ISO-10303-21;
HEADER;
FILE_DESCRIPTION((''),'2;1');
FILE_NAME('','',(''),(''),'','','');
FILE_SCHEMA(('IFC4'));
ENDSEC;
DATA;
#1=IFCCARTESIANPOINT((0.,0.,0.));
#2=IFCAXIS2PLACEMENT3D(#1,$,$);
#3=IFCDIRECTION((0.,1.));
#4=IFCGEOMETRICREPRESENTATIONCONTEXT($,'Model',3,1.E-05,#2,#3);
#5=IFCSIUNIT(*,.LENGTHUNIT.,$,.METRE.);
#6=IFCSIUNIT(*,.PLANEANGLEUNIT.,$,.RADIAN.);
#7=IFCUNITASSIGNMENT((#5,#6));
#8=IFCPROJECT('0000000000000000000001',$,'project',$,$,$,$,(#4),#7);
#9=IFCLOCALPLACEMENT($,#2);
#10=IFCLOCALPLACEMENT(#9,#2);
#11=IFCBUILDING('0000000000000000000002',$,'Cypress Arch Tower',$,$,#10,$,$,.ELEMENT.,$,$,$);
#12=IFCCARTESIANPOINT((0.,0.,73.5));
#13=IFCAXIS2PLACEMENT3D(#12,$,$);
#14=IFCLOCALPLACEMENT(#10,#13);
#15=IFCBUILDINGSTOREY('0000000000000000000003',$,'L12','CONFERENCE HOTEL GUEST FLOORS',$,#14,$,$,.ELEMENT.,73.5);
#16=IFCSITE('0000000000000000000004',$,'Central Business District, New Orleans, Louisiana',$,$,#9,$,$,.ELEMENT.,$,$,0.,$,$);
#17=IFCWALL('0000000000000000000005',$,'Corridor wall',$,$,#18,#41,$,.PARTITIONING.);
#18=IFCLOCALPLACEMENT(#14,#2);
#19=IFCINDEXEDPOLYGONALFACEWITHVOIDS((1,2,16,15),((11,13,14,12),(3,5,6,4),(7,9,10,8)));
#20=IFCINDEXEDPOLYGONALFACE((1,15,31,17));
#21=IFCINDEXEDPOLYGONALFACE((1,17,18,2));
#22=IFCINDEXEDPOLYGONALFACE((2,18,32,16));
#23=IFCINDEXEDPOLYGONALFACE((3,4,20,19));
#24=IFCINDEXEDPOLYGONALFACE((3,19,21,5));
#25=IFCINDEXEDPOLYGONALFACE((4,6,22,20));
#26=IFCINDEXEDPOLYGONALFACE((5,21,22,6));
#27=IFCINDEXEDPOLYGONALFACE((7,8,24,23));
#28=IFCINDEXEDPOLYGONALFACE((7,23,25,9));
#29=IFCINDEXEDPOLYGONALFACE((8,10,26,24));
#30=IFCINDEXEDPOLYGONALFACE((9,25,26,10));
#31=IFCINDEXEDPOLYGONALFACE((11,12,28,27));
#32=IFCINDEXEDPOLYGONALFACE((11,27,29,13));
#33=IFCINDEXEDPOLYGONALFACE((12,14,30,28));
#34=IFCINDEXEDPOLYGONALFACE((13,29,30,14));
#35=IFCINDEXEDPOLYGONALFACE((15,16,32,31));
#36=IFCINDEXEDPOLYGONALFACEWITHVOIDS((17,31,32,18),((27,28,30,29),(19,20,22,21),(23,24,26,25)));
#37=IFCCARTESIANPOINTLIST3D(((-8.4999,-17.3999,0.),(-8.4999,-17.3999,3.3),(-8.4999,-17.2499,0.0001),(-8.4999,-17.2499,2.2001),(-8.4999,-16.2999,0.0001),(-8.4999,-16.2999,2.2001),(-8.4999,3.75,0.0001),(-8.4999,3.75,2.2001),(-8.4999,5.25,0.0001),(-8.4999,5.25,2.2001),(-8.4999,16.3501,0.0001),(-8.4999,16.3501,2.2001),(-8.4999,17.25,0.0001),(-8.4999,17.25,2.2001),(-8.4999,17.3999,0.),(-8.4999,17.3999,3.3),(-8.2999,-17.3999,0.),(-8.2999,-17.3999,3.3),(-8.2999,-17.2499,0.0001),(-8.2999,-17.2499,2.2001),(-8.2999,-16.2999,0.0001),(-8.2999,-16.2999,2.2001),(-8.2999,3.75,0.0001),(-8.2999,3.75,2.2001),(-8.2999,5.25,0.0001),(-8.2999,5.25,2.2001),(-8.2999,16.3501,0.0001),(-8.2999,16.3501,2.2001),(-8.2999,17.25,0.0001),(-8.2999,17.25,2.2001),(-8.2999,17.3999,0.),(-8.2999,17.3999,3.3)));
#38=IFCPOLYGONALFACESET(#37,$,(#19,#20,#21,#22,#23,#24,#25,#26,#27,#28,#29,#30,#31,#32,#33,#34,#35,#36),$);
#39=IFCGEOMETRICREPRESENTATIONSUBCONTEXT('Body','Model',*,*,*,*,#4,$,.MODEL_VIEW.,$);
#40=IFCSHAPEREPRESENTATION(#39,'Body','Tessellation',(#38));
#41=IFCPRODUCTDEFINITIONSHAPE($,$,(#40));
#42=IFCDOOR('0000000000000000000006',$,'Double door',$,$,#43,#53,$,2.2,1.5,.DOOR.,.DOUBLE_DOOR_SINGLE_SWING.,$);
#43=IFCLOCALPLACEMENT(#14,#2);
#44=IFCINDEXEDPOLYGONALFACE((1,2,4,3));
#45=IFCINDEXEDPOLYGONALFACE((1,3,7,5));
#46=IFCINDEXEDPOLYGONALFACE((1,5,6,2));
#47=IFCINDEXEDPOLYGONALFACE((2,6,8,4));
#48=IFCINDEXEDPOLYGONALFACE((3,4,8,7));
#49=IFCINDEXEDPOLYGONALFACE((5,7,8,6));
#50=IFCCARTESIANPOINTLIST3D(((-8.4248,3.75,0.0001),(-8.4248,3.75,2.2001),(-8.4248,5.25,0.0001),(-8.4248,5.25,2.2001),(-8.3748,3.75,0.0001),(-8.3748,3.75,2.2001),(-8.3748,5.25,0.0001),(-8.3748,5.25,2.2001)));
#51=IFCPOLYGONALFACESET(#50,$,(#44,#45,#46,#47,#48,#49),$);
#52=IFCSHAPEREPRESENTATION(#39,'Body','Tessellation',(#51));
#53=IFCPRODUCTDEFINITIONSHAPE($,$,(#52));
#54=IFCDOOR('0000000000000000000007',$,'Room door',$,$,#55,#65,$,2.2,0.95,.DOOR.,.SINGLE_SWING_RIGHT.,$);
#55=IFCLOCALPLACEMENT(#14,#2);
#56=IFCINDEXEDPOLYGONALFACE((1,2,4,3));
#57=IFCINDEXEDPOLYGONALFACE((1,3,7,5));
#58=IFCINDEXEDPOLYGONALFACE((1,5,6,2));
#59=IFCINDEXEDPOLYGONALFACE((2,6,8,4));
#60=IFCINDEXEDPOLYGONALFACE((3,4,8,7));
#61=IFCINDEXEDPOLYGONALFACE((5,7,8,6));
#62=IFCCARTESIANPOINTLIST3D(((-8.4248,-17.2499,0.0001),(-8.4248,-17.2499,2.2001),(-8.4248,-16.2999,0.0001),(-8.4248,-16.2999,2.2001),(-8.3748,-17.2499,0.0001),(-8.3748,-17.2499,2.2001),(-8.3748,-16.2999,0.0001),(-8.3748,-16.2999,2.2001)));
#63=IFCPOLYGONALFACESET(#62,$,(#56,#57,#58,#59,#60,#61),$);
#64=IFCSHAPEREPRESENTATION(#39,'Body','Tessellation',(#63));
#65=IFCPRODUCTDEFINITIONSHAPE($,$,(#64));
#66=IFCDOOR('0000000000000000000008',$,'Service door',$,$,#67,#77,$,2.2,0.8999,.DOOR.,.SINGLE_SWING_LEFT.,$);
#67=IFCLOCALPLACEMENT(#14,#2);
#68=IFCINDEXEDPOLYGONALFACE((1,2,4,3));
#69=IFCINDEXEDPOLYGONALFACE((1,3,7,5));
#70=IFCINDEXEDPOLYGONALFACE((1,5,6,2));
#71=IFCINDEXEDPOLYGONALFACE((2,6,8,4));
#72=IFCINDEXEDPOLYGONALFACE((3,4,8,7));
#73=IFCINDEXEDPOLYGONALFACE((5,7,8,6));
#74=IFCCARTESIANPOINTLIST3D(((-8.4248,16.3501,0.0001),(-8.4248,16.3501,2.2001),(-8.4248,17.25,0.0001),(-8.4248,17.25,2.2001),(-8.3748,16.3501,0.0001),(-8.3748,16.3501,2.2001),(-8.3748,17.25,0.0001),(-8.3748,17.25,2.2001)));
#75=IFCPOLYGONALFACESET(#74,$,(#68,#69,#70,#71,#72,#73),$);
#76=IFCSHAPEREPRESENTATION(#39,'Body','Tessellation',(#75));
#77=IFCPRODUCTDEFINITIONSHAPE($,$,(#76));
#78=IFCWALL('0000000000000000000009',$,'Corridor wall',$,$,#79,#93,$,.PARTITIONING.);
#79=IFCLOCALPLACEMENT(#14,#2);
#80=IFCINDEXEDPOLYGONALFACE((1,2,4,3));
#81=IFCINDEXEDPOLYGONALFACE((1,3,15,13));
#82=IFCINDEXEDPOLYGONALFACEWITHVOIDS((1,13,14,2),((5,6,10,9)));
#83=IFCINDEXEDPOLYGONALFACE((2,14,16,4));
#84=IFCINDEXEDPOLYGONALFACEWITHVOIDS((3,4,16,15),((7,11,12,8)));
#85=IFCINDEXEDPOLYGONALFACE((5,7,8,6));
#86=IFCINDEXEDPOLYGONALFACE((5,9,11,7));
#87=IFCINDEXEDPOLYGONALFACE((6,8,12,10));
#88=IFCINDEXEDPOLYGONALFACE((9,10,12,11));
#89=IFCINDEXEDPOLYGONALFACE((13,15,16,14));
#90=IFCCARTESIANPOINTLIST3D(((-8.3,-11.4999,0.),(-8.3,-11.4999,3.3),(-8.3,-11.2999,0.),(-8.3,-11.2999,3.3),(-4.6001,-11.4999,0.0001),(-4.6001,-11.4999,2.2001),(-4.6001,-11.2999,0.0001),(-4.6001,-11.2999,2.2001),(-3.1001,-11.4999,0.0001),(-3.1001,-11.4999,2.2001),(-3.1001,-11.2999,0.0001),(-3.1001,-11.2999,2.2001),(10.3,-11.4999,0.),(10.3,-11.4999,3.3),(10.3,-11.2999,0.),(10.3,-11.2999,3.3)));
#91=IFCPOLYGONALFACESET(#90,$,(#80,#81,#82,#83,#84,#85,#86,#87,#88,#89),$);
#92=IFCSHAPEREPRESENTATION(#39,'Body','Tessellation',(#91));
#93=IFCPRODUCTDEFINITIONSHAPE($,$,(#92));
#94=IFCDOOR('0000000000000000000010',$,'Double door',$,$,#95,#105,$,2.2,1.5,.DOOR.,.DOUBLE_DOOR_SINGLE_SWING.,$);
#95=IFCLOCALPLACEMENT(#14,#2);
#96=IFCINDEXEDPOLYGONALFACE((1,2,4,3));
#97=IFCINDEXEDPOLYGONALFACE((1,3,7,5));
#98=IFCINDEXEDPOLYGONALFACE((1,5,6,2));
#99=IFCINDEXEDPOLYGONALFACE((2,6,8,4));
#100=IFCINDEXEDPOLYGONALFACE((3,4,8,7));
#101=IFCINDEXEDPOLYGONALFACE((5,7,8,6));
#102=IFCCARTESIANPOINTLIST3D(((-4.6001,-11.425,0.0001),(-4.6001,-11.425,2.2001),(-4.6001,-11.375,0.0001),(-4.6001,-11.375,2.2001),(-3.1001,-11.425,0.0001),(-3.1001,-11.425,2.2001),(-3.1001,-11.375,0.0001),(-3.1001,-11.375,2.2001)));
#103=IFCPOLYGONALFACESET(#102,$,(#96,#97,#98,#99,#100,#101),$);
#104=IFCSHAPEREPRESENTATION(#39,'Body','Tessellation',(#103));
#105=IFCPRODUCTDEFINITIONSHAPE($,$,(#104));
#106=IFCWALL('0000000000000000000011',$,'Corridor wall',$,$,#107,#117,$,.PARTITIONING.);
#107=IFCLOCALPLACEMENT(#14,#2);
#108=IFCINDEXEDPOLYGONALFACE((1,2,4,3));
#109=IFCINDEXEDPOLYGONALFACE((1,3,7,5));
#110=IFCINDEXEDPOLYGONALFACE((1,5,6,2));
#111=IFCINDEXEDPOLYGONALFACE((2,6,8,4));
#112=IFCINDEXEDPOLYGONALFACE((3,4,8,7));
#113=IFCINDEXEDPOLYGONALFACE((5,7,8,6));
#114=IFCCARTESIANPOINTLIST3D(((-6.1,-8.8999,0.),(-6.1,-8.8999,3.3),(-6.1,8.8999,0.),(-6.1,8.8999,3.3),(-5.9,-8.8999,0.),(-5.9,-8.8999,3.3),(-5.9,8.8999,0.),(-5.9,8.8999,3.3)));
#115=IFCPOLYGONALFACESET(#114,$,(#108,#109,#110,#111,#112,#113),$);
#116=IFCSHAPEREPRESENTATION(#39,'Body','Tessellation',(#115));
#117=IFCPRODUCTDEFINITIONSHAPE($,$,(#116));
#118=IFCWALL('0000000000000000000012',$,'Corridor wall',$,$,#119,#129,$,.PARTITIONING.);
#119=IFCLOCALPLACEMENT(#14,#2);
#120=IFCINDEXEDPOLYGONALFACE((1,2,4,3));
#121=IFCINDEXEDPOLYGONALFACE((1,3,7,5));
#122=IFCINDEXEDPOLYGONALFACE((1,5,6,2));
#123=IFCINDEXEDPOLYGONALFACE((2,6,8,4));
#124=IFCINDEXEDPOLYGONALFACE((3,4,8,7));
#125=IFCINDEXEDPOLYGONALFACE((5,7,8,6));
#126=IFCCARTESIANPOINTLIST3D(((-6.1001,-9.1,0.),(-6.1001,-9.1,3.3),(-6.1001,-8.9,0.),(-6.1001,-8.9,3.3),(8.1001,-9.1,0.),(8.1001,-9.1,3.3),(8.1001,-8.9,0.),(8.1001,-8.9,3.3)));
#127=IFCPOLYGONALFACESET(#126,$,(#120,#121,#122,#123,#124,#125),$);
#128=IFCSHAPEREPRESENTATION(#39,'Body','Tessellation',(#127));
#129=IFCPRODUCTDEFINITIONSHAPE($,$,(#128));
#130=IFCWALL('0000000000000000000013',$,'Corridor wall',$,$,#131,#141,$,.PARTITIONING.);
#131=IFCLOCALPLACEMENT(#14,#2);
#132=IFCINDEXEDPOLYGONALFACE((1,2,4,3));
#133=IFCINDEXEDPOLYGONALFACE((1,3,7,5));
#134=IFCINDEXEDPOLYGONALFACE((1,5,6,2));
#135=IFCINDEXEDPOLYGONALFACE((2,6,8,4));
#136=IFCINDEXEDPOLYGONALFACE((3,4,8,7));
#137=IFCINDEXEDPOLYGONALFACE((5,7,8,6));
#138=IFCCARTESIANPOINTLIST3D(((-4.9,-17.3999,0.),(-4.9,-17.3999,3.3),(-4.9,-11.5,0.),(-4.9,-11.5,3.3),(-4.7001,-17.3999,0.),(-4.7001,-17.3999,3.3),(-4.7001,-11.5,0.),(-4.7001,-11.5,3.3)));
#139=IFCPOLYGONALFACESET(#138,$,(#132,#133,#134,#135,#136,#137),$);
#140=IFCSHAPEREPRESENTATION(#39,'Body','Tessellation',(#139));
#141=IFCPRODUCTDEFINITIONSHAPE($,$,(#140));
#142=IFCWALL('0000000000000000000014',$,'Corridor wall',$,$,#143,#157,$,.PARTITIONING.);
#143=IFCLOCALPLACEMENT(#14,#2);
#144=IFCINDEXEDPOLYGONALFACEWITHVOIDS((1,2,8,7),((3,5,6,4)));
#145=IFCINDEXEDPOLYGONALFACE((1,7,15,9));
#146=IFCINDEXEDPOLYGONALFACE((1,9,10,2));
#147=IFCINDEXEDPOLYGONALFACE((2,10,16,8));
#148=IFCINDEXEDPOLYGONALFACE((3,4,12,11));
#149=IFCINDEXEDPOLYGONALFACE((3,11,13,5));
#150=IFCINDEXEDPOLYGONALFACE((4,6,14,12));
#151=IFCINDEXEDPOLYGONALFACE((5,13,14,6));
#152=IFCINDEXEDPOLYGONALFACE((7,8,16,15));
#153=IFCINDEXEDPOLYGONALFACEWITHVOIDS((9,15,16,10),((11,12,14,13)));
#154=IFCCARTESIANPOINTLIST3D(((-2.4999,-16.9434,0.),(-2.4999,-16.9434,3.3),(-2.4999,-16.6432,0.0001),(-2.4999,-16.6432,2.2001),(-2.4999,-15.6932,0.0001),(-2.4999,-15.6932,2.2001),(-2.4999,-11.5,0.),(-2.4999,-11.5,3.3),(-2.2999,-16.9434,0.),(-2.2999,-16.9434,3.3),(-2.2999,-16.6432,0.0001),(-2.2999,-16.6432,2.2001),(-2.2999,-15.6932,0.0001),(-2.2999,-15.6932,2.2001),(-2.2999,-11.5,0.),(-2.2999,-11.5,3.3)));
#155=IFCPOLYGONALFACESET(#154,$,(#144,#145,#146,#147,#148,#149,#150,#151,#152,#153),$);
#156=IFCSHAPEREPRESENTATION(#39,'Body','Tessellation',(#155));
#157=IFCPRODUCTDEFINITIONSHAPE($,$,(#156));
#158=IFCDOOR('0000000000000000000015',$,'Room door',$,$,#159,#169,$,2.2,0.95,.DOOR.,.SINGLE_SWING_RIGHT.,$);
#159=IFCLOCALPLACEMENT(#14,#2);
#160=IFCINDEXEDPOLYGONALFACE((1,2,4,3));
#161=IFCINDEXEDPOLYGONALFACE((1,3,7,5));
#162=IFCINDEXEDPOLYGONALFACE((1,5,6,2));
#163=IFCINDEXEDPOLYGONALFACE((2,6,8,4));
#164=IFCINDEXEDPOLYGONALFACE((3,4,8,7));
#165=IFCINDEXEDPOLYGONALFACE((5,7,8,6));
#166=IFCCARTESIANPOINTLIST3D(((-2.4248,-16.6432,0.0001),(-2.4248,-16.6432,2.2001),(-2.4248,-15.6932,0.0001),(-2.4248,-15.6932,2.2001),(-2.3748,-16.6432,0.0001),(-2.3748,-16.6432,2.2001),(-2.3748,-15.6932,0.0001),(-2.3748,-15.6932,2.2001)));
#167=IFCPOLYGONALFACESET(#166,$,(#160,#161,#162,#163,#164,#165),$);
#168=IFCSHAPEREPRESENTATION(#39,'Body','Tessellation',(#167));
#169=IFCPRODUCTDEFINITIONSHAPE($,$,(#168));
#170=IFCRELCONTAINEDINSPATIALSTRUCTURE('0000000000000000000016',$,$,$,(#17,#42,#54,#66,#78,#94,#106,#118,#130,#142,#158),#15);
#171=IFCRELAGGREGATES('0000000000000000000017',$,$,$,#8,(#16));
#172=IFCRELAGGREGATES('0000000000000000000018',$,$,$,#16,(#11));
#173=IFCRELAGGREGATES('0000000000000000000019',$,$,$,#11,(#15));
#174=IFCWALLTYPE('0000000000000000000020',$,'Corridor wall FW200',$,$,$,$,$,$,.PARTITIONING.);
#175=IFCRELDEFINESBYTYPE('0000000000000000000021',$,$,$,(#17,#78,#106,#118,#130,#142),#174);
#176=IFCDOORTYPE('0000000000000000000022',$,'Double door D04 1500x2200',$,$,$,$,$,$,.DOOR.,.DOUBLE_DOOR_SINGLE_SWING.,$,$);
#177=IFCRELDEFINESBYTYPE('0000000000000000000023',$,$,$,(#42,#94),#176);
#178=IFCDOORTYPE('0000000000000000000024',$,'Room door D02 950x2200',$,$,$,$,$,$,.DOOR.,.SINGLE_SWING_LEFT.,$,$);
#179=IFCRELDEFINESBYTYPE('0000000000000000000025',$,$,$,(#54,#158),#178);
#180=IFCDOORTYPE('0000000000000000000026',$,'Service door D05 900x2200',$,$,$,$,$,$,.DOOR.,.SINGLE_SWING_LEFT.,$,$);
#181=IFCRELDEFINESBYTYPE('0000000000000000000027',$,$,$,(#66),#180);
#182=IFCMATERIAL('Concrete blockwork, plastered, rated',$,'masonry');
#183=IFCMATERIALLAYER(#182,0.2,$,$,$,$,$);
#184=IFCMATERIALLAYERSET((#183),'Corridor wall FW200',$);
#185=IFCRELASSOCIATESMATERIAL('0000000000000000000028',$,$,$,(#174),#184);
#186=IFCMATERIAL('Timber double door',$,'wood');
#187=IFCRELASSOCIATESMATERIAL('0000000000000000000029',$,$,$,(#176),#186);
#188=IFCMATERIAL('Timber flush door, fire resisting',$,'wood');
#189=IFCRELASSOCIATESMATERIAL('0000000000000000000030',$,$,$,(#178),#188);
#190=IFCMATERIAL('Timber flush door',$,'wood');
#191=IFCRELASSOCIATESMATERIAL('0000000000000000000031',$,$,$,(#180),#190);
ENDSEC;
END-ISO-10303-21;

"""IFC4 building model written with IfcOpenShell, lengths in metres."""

from ifc_helpers import new_model, si_unit, direction, frame, frame_2d, origin, place, context, subcontext, project, spatial, rectangle, extrude, material, layer, layer_set, type_object, element, fill, save


model = new_model("IFC4")

# Units and contexts
model_context = context("Model", 3, precision=1e-05, world=origin(), true_north=direction((0.0, 1.0)))
body_context = subcontext(model_context, "Body", "Model", "MODEL_VIEW")
ifc_project = project(units=[si_unit("LENGTHUNIT", "METRE"), si_unit("PLANEANGLEUNIT", "RADIAN")], contexts=[model_context])

# Site, building, storey
site_placement = place(None, origin())
site = spatial("IfcSite", under=ifc_project, at=site_placement, Name="Central Business District, New Orleans, Louisiana", CompositionType="ELEMENT", RefElevation=0.0)
building_placement = place(site_placement, origin())
building = spatial("IfcBuilding", under=site, at=building_placement, Name="Cypress Arch Tower", CompositionType="ELEMENT")
storey_placement = place(building_placement, frame((0.0, 0.0, 73.5)))
storey = spatial("IfcBuildingStorey", under=building, at=storey_placement, Name="L12", Description="CONFERENCE HOTEL GUEST FLOORS", CompositionType="ELEMENT", Elevation=73.5)

# Wall, openings, doors
ifc_material_1 = material(Name="Concrete blockwork, plastered, rated", Category="masonry")
ifc_layer = layer(ifc_material_1, 0.2)
ifc_layer_set = layer_set([ifc_layer], Name="Corridor wall FW200")
wall_type = type_object("IfcWallType", Name="Corridor wall FW200", PredefinedType="PARTITIONING", material=ifc_layer_set)
wall_1_placement = place(storey_placement, frame((-8.3999, -17.3999, 0.0), z_axis=(0.0, 0.0, 1.0), x_axis=(0.0, 1.0, 0.0)))
wall_1 = element("IfcWall", 1, at=wall_1_placement, inside=storey, type_object=wall_type, Name="Corridor wall", PredefinedType="PARTITIONING", context=body_context, shape_type="SweptSolid", body=[
    extrude(rectangle(XDim=34.7998, YDim=0.2, at=frame_2d((17.3999, 0.0))), origin(), (0.0, 0.0, 1.0), 3.3),
])
opening_1_placement = place(wall_1_placement, frame((21.1499, 0.0, 0.0)))
opening_1 = element("IfcOpeningElement", 2, at=opening_1_placement, cuts=wall_1, PredefinedType="OPENING", context=body_context, shape_type="SweptSolid", body=[
    extrude(rectangle(XDim=1.5, YDim=2.2, at=frame_2d((0.75, 1.1001))), frame((0.0, 0.1099, 0.0), z_axis=(0.0, -1.0, 0.0), x_axis=(1.0, 0.0, 0.0)), (0.0, 0.0, 1.0), 0.22),
])
opening_2_placement = place(wall_1_placement, frame((33.75, 0.0, 0.0)))
opening_2 = element("IfcOpeningElement", 3, at=opening_2_placement, cuts=wall_1, PredefinedType="OPENING", context=body_context, shape_type="SweptSolid", body=[
    extrude(rectangle(XDim=0.8999, YDim=2.2, at=frame_2d((0.45, 1.1001))), frame((0.0, 0.1099, 0.0), z_axis=(0.0, -1.0, 0.0), x_axis=(1.0, 0.0, 0.0)), (0.0, 0.0, 1.0), 0.22),
])
opening_3_placement = place(wall_1_placement, frame((0.1499, 0.0, 0.0)))
opening_3 = element("IfcOpeningElement", 4, at=opening_3_placement, cuts=wall_1, PredefinedType="OPENING", context=body_context, shape_type="SweptSolid", body=[
    extrude(rectangle(XDim=0.95, YDim=2.2, at=frame_2d((0.4751, 1.1001))), frame((0.0, 0.1099, 0.0), z_axis=(0.0, -1.0, 0.0), x_axis=(1.0, 0.0, 0.0)), (0.0, 0.0, 1.0), 0.22),
])
ifc_material_2 = material(Name="Timber double door", Category="wood")
door_type_1 = type_object("IfcDoorType", Name="Double door D04 1500x2200", OperationType="DOUBLE_DOOR_SINGLE_SWING", PredefinedType="DOOR", material=ifc_material_2)
door_1_placement = place(opening_1_placement, origin())
door_1 = element("IfcDoor", 5, at=door_1_placement, inside=storey, type_object=door_type_1, Name="Double door", OperationType="DOUBLE_DOOR_SINGLE_SWING", OverallHeight=2.2, OverallWidth=1.5, PredefinedType="DOOR", context=body_context, shape_type="SweptSolid", body=[
    extrude(rectangle(XDim=1.5, YDim=2.2, at=frame_2d((0.75, 1.1001))), frame((0.0, 0.0249, 0.0), z_axis=(0.0, -1.0, 0.0), x_axis=(1.0, 0.0, 0.0)), (0.0, 0.0, 1.0), 0.05),
])
fill(opening_1, door_1)
ifc_material_3 = material(Name="Timber flush door, fire resisting", Category="wood")
door_type_2 = type_object("IfcDoorType", Name="Room door D02 950x2200", OperationType="SINGLE_SWING_LEFT", PredefinedType="DOOR", material=ifc_material_3)
door_2_placement = place(opening_3_placement, origin())
door_2 = element("IfcDoor", 6, at=door_2_placement, inside=storey, type_object=door_type_2, Name="Room door", OperationType="SINGLE_SWING_RIGHT", OverallHeight=2.2, OverallWidth=0.95, PredefinedType="DOOR", context=body_context, shape_type="SweptSolid", body=[
    extrude(rectangle(XDim=0.95, YDim=2.2, at=frame_2d((0.4751, 1.1001))), frame((0.0, 0.0249, 0.0), z_axis=(0.0, -1.0, 0.0), x_axis=(1.0, 0.0, 0.0)), (0.0, 0.0, 1.0), 0.05),
])
fill(opening_3, door_2)
ifc_material_4 = material(Name="Timber flush door", Category="wood")
door_type_3 = type_object("IfcDoorType", Name="Service door D05 900x2200", OperationType="SINGLE_SWING_LEFT", PredefinedType="DOOR", material=ifc_material_4)
door_3_placement = place(opening_2_placement, origin())
door_3 = element("IfcDoor", 7, at=door_3_placement, inside=storey, type_object=door_type_3, Name="Service door", OperationType="SINGLE_SWING_LEFT", OverallHeight=2.2, OverallWidth=0.8999, PredefinedType="DOOR", context=body_context, shape_type="SweptSolid", body=[
    extrude(rectangle(XDim=0.8999, YDim=2.2, at=frame_2d((0.45, 1.1001))), frame((0.0, 0.0249, 0.0), z_axis=(0.0, -1.0, 0.0), x_axis=(1.0, 0.0, 0.0)), (0.0, 0.0, 1.0), 0.05),
])
fill(opening_2, door_3)

# Wall, opening, door
wall_2_placement = place(storey_placement, frame((-8.3, -11.3999, 0.0), z_axis=(0.0, 0.0, 1.0), x_axis=(1.0, 0.0, 0.0)))
wall_2 = element("IfcWall", 8, at=wall_2_placement, inside=storey, type_object=wall_type, Name="Corridor wall", PredefinedType="PARTITIONING", context=body_context, shape_type="SweptSolid", body=[
    extrude(rectangle(XDim=18.6001, YDim=0.2, at=frame_2d((9.3, 0.0))), origin(), (0.0, 0.0, 1.0), 3.3),
])
opening_4_placement = place(wall_2_placement, frame((3.7, 0.0, 0.0)))
opening_4 = element("IfcOpeningElement", 9, at=opening_4_placement, cuts=wall_2, PredefinedType="OPENING", context=body_context, shape_type="SweptSolid", body=[
    extrude(rectangle(XDim=1.5, YDim=2.2, at=frame_2d((0.75, 1.1001))), frame((0.0, 0.1099, 0.0), z_axis=(0.0, -1.0, 0.0), x_axis=(1.0, 0.0, 0.0)), (0.0, 0.0, 1.0), 0.22),
])
door_4_placement = place(opening_4_placement, origin())
door_4 = element("IfcDoor", 10, at=door_4_placement, inside=storey, type_object=door_type_1, Name="Double door", OperationType="DOUBLE_DOOR_SINGLE_SWING", OverallHeight=2.2, OverallWidth=1.5, PredefinedType="DOOR", context=body_context, shape_type="SweptSolid", body=[
    extrude(rectangle(XDim=1.5, YDim=2.2, at=frame_2d((0.75, 1.1001))), frame((0.0, 0.0249, 0.0), z_axis=(0.0, -1.0, 0.0), x_axis=(1.0, 0.0, 0.0)), (0.0, 0.0, 1.0), 0.05),
])
fill(opening_4, door_4)

# Walls
wall_3_placement = place(storey_placement, frame((-6.0, -8.8999, 0.0), z_axis=(0.0, 0.0, 1.0), x_axis=(0.0, 1.0, 0.0)))
element("IfcWall", 11, at=wall_3_placement, inside=storey, type_object=wall_type, Name="Corridor wall", PredefinedType="PARTITIONING", context=body_context, shape_type="SweptSolid", body=[
    extrude(rectangle(XDim=17.7998, YDim=0.2, at=frame_2d((8.8999, 0.0))), origin(), (0.0, 0.0, 1.0), 3.3),
])
wall_4_placement = place(storey_placement, frame((-6.1001, -9.0, 0.0), z_axis=(0.0, 0.0, 1.0), x_axis=(1.0, 0.0, 0.0)))
element("IfcWall", 12, at=wall_4_placement, inside=storey, type_object=wall_type, Name="Corridor wall", PredefinedType="PARTITIONING", context=body_context, shape_type="SweptSolid", body=[
    extrude(rectangle(XDim=14.2002, YDim=0.2, at=frame_2d((7.1001, 0.0))), origin(), (0.0, 0.0, 1.0), 3.3),
])
wall_5_placement = place(storey_placement, frame((-4.8, -17.3999, 0.0), z_axis=(0.0, 0.0, 1.0), x_axis=(0.0, 1.0, 0.0)))
element("IfcWall", 13, at=wall_5_placement, inside=storey, type_object=wall_type, Name="Corridor wall", PredefinedType="PARTITIONING", context=body_context, shape_type="SweptSolid", body=[
    extrude(rectangle(XDim=5.8999, YDim=0.2, at=frame_2d((2.95, 0.0))), origin(), (0.0, 0.0, 1.0), 3.3),
])

# Wall, opening, door
wall_6_placement = place(storey_placement, frame((-2.3999, -16.9434, 0.0), z_axis=(0.0, 0.0, 1.0), x_axis=(0.0, 1.0, 0.0)))
wall_6 = element("IfcWall", 14, at=wall_6_placement, inside=storey, type_object=wall_type, Name="Corridor wall", PredefinedType="PARTITIONING", context=body_context, shape_type="SweptSolid", body=[
    extrude(rectangle(XDim=5.4434, YDim=0.2, at=frame_2d((2.7217, 0.0))), origin(), (0.0, 0.0, 1.0), 3.3),
])
opening_5_placement = place(wall_6_placement, frame((0.3, 0.0, 0.0)))
opening_5 = element("IfcOpeningElement", 15, at=opening_5_placement, cuts=wall_6, PredefinedType="OPENING", context=body_context, shape_type="SweptSolid", body=[
    extrude(rectangle(XDim=0.95, YDim=2.2, at=frame_2d((0.4751, 1.1001))), frame((0.0, 0.1099, 0.0), z_axis=(0.0, -1.0, 0.0), x_axis=(1.0, 0.0, 0.0)), (0.0, 0.0, 1.0), 0.22),
])
door_5_placement = place(opening_5_placement, origin())
door_5 = element("IfcDoor", 16, at=door_5_placement, inside=storey, type_object=door_type_2, Name="Room door", OperationType="SINGLE_SWING_RIGHT", OverallHeight=2.2, OverallWidth=0.95, PredefinedType="DOOR", context=body_context, shape_type="SweptSolid", body=[
    extrude(rectangle(XDim=0.95, YDim=2.2, at=frame_2d((0.4751, 1.1001))), frame((0.0, 0.0249, 0.0), z_axis=(0.0, -1.0, 0.0), x_axis=(1.0, 0.0, 0.0)), (0.0, 0.0, 1.0), 0.05),
])
fill(opening_5, door_5)

save(model, "model.ifc")
